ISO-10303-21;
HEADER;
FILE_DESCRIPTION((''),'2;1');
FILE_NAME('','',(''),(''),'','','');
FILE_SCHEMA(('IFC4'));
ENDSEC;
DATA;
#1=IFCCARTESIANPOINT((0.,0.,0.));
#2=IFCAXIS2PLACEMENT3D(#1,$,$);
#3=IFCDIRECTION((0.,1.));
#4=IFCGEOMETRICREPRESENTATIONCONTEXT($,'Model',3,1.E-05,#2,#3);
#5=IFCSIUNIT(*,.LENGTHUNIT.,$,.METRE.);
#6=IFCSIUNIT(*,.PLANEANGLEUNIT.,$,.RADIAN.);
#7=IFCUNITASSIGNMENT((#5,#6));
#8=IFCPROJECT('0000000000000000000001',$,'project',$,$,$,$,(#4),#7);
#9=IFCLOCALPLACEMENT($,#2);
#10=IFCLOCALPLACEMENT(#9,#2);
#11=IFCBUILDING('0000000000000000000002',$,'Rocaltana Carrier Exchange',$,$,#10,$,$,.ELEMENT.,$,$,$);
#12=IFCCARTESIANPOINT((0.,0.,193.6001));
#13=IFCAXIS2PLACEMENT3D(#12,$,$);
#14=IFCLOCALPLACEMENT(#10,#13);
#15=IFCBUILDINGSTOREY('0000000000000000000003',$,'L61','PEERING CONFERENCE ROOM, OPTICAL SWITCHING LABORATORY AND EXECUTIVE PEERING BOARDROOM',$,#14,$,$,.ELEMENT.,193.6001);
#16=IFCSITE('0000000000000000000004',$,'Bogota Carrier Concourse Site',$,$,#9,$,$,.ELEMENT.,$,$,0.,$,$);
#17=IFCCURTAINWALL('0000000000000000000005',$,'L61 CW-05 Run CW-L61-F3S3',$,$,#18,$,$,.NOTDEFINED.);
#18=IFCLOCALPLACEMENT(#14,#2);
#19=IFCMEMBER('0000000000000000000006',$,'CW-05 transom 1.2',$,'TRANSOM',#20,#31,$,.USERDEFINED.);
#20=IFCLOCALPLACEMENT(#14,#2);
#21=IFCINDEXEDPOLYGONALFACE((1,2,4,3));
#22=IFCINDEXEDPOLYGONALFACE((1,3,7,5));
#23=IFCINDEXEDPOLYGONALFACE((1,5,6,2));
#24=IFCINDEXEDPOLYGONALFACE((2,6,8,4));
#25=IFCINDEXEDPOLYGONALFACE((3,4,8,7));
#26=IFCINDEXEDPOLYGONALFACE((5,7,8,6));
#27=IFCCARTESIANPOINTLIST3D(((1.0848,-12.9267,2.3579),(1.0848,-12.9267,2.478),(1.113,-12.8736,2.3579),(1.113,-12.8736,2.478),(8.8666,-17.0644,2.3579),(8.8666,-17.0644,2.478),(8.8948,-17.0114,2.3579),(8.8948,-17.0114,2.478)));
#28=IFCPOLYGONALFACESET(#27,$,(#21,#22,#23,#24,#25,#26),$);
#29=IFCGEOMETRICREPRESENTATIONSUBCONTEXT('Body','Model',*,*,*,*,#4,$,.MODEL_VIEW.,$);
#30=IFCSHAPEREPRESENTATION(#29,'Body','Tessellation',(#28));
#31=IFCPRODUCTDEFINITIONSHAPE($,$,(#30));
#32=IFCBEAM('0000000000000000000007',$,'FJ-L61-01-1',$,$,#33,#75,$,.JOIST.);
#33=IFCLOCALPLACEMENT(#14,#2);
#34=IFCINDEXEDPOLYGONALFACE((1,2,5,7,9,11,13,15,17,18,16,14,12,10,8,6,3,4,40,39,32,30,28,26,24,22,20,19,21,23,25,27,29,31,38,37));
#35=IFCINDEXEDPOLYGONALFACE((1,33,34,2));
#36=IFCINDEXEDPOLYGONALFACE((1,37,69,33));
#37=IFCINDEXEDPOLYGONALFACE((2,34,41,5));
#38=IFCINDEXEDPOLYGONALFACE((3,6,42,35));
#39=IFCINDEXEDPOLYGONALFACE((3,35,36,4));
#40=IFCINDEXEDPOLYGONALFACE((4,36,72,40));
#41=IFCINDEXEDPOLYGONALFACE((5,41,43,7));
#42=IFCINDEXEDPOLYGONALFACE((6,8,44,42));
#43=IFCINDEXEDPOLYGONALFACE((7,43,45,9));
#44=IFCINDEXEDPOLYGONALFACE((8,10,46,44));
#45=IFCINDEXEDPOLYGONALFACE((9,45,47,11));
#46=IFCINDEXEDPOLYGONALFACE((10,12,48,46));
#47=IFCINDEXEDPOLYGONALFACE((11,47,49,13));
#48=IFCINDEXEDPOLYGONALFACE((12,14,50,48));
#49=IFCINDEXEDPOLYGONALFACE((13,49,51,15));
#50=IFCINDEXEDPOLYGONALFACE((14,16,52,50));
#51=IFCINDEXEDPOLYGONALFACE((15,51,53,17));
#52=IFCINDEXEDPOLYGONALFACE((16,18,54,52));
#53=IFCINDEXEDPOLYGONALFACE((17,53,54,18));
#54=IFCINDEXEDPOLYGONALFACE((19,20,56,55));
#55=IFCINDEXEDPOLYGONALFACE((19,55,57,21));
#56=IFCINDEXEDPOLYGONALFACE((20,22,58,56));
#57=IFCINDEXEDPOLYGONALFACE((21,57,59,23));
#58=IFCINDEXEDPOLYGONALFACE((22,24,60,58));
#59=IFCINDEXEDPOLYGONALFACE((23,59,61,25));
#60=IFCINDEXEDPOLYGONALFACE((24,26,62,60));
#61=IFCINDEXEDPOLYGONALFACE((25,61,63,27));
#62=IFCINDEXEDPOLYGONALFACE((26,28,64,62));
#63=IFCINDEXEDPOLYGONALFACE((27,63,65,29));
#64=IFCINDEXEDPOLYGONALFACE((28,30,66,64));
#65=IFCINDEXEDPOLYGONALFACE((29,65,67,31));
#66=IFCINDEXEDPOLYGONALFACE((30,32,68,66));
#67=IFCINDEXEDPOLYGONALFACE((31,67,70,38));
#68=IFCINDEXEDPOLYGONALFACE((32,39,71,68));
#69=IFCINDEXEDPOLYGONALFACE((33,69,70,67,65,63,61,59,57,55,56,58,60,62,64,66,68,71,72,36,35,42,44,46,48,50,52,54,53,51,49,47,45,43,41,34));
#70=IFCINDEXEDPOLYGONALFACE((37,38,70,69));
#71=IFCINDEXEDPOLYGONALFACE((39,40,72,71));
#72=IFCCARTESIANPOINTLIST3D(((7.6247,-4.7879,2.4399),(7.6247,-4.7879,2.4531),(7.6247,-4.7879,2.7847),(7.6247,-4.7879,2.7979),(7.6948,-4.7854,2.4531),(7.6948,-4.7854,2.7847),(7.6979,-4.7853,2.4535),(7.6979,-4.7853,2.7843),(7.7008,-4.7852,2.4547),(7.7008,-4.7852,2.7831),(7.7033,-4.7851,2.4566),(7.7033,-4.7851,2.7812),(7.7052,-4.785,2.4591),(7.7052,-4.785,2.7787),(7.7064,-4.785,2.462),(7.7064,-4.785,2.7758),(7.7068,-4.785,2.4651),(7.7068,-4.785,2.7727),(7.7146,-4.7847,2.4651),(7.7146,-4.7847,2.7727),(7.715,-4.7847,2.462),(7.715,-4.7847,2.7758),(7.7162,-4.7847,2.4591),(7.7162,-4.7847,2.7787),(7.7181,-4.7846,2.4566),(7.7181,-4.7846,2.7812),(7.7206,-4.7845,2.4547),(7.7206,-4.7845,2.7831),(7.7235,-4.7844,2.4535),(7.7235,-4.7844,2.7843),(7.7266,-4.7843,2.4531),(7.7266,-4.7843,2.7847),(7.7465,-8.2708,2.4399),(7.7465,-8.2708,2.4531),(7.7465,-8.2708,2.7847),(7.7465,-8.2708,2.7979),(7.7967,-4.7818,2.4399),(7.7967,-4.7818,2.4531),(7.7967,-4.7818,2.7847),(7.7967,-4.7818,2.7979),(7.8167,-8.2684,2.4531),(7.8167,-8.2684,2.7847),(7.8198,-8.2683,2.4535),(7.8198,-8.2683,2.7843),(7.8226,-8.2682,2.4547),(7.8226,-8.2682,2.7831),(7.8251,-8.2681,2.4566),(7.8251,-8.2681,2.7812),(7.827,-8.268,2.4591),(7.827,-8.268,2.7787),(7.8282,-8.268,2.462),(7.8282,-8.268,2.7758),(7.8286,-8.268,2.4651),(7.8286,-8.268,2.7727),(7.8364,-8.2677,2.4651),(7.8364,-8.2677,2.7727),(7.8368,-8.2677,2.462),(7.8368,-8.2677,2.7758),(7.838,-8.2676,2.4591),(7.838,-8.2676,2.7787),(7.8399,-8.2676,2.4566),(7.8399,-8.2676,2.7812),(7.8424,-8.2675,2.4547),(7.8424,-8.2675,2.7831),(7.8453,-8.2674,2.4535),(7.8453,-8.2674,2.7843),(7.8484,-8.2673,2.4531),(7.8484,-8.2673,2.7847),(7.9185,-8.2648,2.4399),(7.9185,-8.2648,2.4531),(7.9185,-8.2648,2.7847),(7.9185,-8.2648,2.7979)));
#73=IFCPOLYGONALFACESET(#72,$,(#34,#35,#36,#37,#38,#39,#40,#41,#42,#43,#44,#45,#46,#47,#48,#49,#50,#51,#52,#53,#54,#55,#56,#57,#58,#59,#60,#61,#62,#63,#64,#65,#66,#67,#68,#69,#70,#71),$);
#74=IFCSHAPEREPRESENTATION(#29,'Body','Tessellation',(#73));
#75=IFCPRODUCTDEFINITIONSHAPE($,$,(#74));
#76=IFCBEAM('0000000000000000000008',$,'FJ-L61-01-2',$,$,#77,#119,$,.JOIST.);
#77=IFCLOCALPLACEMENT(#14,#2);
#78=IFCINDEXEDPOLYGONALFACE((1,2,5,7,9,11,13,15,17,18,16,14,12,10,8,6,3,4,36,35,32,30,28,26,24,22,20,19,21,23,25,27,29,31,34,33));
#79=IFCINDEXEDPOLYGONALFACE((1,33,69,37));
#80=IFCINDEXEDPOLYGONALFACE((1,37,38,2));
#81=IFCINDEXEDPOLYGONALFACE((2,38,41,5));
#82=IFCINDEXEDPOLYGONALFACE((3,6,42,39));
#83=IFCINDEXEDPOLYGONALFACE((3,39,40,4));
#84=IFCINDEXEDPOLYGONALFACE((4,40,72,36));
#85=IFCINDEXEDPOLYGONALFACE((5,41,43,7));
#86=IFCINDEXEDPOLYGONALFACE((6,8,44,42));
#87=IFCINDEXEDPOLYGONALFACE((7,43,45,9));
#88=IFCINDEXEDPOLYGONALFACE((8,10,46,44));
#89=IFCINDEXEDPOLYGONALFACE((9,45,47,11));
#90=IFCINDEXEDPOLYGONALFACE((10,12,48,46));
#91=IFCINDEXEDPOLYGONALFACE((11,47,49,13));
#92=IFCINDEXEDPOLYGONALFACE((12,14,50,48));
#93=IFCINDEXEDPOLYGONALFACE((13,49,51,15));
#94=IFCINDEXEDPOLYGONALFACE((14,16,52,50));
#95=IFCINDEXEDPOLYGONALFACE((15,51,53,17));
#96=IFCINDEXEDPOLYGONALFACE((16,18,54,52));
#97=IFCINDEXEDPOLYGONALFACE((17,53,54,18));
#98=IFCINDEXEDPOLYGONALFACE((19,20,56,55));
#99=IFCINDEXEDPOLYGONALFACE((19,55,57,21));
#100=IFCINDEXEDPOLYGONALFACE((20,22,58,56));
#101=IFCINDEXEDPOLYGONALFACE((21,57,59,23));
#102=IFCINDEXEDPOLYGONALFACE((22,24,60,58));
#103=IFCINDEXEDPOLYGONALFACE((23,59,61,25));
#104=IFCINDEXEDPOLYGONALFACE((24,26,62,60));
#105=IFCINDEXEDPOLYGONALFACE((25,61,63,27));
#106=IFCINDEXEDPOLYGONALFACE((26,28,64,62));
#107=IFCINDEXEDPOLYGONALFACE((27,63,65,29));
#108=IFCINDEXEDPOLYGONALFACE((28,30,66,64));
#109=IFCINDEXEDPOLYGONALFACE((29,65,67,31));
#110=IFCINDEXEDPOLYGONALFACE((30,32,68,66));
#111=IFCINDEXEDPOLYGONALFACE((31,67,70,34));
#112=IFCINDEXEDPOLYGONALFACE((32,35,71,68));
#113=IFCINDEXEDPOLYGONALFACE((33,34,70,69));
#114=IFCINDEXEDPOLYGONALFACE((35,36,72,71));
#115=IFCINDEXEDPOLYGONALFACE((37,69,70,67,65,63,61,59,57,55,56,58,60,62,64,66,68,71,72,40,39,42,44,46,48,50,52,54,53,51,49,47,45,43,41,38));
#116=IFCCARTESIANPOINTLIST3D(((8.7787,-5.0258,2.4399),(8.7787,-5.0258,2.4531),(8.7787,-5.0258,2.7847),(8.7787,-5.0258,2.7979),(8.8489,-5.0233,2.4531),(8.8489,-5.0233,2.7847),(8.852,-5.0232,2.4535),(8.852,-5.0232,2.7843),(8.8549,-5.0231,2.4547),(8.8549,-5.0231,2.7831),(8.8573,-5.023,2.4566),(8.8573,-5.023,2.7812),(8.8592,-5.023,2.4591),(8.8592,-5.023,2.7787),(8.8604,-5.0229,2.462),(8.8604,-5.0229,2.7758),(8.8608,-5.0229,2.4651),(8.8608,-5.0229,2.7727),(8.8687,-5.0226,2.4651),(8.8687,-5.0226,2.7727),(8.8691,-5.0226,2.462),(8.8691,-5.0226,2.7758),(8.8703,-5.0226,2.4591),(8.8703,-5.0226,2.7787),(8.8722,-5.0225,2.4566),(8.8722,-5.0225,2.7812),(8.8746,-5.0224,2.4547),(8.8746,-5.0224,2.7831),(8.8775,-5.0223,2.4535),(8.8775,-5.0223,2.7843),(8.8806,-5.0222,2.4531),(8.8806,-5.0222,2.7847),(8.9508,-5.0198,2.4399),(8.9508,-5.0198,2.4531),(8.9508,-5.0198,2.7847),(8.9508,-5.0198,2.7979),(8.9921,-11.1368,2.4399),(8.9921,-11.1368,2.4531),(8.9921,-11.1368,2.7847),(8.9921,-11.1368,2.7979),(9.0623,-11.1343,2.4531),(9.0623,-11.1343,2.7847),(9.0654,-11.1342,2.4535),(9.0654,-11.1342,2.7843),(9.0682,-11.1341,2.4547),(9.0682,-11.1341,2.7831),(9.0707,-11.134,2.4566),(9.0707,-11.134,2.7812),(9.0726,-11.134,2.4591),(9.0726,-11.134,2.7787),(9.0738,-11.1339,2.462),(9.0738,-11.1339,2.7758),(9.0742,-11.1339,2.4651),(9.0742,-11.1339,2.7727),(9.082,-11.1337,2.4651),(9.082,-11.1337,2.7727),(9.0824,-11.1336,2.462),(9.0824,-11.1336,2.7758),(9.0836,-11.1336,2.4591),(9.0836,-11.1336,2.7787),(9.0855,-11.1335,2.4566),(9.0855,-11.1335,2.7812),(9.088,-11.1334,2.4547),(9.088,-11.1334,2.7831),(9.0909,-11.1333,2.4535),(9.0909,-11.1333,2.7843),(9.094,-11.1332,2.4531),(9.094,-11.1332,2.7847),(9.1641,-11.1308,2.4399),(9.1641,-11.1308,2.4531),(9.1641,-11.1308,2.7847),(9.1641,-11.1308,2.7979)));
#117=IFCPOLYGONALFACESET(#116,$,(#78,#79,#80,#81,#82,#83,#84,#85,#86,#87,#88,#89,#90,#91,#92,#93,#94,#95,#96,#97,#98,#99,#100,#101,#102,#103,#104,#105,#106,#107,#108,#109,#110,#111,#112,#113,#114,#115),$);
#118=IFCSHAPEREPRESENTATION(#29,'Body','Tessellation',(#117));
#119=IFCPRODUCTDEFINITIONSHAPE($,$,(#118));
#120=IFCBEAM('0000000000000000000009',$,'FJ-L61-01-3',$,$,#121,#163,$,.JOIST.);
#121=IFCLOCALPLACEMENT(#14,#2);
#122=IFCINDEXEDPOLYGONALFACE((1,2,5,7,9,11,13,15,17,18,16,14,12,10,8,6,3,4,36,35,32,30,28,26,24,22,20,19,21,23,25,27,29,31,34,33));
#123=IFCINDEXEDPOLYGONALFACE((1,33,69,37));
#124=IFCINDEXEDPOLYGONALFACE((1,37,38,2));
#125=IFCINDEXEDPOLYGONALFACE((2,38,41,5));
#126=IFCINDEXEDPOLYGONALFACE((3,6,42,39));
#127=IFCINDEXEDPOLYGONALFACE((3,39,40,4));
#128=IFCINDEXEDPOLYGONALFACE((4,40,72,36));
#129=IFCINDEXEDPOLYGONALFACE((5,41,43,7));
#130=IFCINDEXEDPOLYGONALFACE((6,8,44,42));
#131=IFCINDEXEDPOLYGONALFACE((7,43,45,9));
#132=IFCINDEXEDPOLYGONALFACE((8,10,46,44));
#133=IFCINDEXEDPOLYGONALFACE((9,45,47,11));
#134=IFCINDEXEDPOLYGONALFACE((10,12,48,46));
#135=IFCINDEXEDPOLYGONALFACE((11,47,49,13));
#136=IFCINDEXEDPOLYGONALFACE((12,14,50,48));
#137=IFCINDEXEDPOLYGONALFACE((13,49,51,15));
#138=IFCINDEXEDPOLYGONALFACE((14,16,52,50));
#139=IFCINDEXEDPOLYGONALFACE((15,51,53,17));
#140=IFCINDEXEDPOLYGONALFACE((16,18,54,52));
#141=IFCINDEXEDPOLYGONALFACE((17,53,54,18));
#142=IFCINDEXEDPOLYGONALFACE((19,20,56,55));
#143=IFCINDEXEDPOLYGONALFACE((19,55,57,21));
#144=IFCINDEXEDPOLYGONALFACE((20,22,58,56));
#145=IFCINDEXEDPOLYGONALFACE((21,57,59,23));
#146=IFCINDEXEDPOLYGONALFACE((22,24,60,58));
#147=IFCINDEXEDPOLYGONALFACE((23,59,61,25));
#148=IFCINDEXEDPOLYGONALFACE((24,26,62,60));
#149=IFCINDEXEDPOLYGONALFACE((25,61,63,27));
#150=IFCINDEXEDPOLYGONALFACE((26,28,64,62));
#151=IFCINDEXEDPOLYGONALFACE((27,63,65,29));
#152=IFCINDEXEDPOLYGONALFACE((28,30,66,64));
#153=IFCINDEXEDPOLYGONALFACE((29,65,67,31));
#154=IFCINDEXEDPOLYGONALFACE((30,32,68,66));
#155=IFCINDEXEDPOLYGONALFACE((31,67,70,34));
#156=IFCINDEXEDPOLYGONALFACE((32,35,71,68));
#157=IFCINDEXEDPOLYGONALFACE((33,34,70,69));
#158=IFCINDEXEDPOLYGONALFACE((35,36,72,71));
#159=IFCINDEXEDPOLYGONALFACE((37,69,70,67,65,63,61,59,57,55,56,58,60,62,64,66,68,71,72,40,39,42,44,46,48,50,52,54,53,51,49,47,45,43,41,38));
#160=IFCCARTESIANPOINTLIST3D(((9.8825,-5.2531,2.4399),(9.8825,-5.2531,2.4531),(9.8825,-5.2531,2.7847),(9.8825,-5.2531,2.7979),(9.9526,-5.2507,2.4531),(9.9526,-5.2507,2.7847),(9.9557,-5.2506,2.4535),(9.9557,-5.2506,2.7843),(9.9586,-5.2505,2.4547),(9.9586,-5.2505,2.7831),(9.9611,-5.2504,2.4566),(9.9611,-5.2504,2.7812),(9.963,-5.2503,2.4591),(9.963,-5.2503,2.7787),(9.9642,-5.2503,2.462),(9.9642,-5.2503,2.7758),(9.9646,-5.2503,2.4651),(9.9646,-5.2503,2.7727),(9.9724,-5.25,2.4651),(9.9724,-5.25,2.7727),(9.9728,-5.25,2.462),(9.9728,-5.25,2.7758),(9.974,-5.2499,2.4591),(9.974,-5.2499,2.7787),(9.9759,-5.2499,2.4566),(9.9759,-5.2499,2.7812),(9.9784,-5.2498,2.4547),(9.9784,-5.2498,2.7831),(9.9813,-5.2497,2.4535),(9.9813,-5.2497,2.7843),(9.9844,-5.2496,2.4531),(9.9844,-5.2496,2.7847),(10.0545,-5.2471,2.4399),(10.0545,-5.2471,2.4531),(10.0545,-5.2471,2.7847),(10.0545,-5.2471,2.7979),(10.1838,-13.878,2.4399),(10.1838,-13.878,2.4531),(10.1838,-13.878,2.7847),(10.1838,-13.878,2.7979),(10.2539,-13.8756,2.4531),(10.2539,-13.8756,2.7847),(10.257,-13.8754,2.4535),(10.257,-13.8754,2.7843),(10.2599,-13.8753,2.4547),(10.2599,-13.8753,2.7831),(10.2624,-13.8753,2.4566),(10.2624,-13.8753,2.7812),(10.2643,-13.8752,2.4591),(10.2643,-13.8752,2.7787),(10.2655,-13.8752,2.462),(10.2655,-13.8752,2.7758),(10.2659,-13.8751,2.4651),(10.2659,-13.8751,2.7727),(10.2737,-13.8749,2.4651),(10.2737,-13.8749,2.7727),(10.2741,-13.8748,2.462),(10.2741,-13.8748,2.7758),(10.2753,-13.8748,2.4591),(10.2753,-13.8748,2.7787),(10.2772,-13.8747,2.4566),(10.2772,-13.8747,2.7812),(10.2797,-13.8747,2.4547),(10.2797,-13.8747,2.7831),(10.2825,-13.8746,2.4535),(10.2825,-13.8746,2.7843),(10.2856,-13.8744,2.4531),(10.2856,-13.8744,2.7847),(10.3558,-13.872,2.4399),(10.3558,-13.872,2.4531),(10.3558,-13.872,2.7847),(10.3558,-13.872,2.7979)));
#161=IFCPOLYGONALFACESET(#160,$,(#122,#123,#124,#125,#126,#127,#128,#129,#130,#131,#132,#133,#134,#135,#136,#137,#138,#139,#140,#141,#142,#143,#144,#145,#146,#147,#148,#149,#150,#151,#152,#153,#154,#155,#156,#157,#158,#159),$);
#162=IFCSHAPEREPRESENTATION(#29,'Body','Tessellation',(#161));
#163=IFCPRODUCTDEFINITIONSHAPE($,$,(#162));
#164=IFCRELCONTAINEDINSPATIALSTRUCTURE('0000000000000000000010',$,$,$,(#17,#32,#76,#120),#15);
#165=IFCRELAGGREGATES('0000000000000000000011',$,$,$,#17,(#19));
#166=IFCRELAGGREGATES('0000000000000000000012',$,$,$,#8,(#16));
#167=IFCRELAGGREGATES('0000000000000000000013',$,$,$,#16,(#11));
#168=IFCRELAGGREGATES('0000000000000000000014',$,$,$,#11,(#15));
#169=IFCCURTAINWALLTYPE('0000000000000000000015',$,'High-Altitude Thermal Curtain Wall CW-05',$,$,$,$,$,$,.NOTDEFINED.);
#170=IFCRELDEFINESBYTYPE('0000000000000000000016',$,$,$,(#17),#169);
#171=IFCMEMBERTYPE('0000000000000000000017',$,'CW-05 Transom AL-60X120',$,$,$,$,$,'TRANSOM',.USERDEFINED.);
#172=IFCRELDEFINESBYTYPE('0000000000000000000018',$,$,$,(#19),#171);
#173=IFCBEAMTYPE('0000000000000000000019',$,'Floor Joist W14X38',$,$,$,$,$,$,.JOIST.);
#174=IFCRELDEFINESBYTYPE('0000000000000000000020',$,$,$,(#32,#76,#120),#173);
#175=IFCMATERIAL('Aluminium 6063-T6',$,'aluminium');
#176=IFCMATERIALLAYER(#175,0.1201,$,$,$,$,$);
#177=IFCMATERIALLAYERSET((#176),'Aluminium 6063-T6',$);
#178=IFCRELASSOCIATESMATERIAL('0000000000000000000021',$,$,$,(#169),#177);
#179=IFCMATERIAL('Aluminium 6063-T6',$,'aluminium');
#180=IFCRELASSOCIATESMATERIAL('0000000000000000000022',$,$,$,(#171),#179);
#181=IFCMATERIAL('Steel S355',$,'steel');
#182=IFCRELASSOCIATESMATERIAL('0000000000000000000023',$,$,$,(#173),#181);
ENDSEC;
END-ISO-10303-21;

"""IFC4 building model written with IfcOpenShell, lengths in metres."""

from ifc_helpers import new_model, si_unit, direction, frame, origin, origin_2d, place, context, subcontext, project, spatial, rectangle, i_section, extrude, material, layer, layer_set, material_profile, profile_set, type_object, element, aggregate, save


model = new_model("IFC4")

# Units and contexts
model_context = context("Model", 3, precision=1e-05, world=origin(), true_north=direction((0.0, 1.0)))
body_context = subcontext(model_context, "Body", "Model", "MODEL_VIEW")
ifc_project = project(units=[si_unit("LENGTHUNIT", "METRE"), si_unit("PLANEANGLEUNIT", "RADIAN")], contexts=[model_context])

# Site, building, storey
site_placement = place(None, origin())
site = spatial("IfcSite", under=ifc_project, at=site_placement, Name="Bogota Carrier Concourse Site", CompositionType="ELEMENT", RefElevation=0.0)
building_placement = place(site_placement, origin())
building = spatial("IfcBuilding", under=site, at=building_placement, Name="Rocaltana Carrier Exchange", CompositionType="ELEMENT")
storey_placement = place(building_placement, frame((0.0, 0.0, 193.6001)))
storey = spatial("IfcBuildingStorey", under=building, at=storey_placement, Name="L61", Description="PEERING CONFERENCE ROOM, OPTICAL SWITCHING LABORATORY AND EXECUTIVE PEERING BOARDROOM", CompositionType="ELEMENT", Elevation=193.6001)

# Curtain wall
ifc_material_1 = material(Name="Aluminium 6063-T6", Category="aluminium")
ifc_layer_1 = layer(ifc_material_1, 0.1201)
ifc_layer_set_1 = layer_set([ifc_layer_1], Name="Aluminium 6063-T6")
curtain_wall_type = type_object("IfcCurtainWallType", Name="High-Altitude Thermal Curtain Wall CW-05", PredefinedType="NOTDEFINED", material=ifc_layer_set_1)
curtain_wall_1_placement = place(storey_placement, origin())
curtain_wall_1 = element("IfcCurtainWall", 1, at=curtain_wall_1_placement, inside=storey, type_object=curtain_wall_type, Name="L61 CW-05 Run CW-L61-F3S3", PredefinedType="NOTDEFINED")

# Member
ifc_material_2 = material(Name="Aluminium 6063-T6", Category="aluminium")
ifc_material_profile_1 = material_profile(ifc_material_2, rectangle(XDim=0.0601, YDim=0.1201, at=origin_2d()), Name="AL-60X120")
ifc_profile_set_1 = profile_set([ifc_material_profile_1], Name="Aluminium 6063-T6")
member_type_1 = type_object("IfcMemberType", Name="CW-05 Transom AL-60X120", ElementType="TRANSOM", PredefinedType="USERDEFINED", material=ifc_profile_set_1)
member_1_placement = place(storey_placement, frame((1.0989, -12.9001, 2.418), z_axis=(0.882944, -0.469478, 0.0), x_axis=(0.469478, 0.882944, 0.0)))
member_1 = element("IfcMember", 2, at=member_1_placement, type_object=member_type_1, Name="CW-05 transom 1.2", ObjectType="TRANSOM", PredefinedType="USERDEFINED", context=body_context, shape_type="SweptSolid", body=[
    extrude(rectangle(XDim=0.0601, YDim=0.1201, at=origin_2d()), origin(), (0.0, 0.0, 1.0), 8.8135),
])

# Beams
ifc_material_3 = material(Name="Steel S355", Category="steel")
ifc_material_profile_2 = material_profile(ifc_material_3, i_section(OverallWidth=0.1721, OverallDepth=0.3579, WebThickness=0.0078, FlangeThickness=0.0132, FilletRadius=0.012, at=origin_2d()), Name="W14X38")
ifc_profile_set_2 = profile_set([ifc_material_profile_2], Name="Steel S355")
beam_type_1 = type_object("IfcBeamType", Name="Floor Joist W14X38", PredefinedType="JOIST", material=ifc_profile_set_2)
beam_1_placement = place(storey_placement, frame((7.8325, -8.2678, 2.6189), z_axis=(-0.034957, 0.999389, 0.0), x_axis=(-0.999389, -0.034957, 0.0)))
element("IfcBeam", 3, at=beam_1_placement, inside=storey, type_object=beam_type_1, Name="FJ-L61-01-1", PredefinedType="JOIST", context=body_context, shape_type="SweptSolid", body=[
    extrude(i_section(OverallWidth=0.1721, OverallDepth=0.3579, WebThickness=0.0078, FlangeThickness=0.0132, FilletRadius=0.012, at=origin_2d()), origin(), (0.0, 0.0, 1.0), 3.4851),
])
beam_2_placement = place(storey_placement, frame((9.0781, -11.1338, 2.6189), z_axis=(-0.034895, 0.999391, 0.0), x_axis=(-0.999391, -0.034895, 0.0)))
element("IfcBeam", 4, at=beam_2_placement, inside=storey, type_object=beam_type_1, Name="FJ-L61-01-2", PredefinedType="JOIST", context=body_context, shape_type="SweptSolid", body=[
    extrude(i_section(OverallWidth=0.1721, OverallDepth=0.3579, WebThickness=0.0078, FlangeThickness=0.0132, FilletRadius=0.012, at=origin_2d()), origin(), (0.0, 0.0, 1.0), 6.1147),
])
beam_3_placement = place(storey_placement, frame((10.2698, -13.875, 2.6189), z_axis=(-0.034909, 0.99939, 0.0), x_axis=(-0.99939, -0.034909, 0.0)))
element("IfcBeam", 5, at=beam_3_placement, inside=storey, type_object=beam_type_1, Name="FJ-L61-01-3", PredefinedType="JOIST", context=body_context, shape_type="SweptSolid", body=[
    extrude(i_section(OverallWidth=0.1721, OverallDepth=0.3579, WebThickness=0.0078, FlangeThickness=0.0132, FilletRadius=0.012, at=origin_2d()), origin(), (0.0, 0.0, 1.0), 8.6301),
])

aggregate(curtain_wall_1, [member_1])

save(model, "model.ifc")
